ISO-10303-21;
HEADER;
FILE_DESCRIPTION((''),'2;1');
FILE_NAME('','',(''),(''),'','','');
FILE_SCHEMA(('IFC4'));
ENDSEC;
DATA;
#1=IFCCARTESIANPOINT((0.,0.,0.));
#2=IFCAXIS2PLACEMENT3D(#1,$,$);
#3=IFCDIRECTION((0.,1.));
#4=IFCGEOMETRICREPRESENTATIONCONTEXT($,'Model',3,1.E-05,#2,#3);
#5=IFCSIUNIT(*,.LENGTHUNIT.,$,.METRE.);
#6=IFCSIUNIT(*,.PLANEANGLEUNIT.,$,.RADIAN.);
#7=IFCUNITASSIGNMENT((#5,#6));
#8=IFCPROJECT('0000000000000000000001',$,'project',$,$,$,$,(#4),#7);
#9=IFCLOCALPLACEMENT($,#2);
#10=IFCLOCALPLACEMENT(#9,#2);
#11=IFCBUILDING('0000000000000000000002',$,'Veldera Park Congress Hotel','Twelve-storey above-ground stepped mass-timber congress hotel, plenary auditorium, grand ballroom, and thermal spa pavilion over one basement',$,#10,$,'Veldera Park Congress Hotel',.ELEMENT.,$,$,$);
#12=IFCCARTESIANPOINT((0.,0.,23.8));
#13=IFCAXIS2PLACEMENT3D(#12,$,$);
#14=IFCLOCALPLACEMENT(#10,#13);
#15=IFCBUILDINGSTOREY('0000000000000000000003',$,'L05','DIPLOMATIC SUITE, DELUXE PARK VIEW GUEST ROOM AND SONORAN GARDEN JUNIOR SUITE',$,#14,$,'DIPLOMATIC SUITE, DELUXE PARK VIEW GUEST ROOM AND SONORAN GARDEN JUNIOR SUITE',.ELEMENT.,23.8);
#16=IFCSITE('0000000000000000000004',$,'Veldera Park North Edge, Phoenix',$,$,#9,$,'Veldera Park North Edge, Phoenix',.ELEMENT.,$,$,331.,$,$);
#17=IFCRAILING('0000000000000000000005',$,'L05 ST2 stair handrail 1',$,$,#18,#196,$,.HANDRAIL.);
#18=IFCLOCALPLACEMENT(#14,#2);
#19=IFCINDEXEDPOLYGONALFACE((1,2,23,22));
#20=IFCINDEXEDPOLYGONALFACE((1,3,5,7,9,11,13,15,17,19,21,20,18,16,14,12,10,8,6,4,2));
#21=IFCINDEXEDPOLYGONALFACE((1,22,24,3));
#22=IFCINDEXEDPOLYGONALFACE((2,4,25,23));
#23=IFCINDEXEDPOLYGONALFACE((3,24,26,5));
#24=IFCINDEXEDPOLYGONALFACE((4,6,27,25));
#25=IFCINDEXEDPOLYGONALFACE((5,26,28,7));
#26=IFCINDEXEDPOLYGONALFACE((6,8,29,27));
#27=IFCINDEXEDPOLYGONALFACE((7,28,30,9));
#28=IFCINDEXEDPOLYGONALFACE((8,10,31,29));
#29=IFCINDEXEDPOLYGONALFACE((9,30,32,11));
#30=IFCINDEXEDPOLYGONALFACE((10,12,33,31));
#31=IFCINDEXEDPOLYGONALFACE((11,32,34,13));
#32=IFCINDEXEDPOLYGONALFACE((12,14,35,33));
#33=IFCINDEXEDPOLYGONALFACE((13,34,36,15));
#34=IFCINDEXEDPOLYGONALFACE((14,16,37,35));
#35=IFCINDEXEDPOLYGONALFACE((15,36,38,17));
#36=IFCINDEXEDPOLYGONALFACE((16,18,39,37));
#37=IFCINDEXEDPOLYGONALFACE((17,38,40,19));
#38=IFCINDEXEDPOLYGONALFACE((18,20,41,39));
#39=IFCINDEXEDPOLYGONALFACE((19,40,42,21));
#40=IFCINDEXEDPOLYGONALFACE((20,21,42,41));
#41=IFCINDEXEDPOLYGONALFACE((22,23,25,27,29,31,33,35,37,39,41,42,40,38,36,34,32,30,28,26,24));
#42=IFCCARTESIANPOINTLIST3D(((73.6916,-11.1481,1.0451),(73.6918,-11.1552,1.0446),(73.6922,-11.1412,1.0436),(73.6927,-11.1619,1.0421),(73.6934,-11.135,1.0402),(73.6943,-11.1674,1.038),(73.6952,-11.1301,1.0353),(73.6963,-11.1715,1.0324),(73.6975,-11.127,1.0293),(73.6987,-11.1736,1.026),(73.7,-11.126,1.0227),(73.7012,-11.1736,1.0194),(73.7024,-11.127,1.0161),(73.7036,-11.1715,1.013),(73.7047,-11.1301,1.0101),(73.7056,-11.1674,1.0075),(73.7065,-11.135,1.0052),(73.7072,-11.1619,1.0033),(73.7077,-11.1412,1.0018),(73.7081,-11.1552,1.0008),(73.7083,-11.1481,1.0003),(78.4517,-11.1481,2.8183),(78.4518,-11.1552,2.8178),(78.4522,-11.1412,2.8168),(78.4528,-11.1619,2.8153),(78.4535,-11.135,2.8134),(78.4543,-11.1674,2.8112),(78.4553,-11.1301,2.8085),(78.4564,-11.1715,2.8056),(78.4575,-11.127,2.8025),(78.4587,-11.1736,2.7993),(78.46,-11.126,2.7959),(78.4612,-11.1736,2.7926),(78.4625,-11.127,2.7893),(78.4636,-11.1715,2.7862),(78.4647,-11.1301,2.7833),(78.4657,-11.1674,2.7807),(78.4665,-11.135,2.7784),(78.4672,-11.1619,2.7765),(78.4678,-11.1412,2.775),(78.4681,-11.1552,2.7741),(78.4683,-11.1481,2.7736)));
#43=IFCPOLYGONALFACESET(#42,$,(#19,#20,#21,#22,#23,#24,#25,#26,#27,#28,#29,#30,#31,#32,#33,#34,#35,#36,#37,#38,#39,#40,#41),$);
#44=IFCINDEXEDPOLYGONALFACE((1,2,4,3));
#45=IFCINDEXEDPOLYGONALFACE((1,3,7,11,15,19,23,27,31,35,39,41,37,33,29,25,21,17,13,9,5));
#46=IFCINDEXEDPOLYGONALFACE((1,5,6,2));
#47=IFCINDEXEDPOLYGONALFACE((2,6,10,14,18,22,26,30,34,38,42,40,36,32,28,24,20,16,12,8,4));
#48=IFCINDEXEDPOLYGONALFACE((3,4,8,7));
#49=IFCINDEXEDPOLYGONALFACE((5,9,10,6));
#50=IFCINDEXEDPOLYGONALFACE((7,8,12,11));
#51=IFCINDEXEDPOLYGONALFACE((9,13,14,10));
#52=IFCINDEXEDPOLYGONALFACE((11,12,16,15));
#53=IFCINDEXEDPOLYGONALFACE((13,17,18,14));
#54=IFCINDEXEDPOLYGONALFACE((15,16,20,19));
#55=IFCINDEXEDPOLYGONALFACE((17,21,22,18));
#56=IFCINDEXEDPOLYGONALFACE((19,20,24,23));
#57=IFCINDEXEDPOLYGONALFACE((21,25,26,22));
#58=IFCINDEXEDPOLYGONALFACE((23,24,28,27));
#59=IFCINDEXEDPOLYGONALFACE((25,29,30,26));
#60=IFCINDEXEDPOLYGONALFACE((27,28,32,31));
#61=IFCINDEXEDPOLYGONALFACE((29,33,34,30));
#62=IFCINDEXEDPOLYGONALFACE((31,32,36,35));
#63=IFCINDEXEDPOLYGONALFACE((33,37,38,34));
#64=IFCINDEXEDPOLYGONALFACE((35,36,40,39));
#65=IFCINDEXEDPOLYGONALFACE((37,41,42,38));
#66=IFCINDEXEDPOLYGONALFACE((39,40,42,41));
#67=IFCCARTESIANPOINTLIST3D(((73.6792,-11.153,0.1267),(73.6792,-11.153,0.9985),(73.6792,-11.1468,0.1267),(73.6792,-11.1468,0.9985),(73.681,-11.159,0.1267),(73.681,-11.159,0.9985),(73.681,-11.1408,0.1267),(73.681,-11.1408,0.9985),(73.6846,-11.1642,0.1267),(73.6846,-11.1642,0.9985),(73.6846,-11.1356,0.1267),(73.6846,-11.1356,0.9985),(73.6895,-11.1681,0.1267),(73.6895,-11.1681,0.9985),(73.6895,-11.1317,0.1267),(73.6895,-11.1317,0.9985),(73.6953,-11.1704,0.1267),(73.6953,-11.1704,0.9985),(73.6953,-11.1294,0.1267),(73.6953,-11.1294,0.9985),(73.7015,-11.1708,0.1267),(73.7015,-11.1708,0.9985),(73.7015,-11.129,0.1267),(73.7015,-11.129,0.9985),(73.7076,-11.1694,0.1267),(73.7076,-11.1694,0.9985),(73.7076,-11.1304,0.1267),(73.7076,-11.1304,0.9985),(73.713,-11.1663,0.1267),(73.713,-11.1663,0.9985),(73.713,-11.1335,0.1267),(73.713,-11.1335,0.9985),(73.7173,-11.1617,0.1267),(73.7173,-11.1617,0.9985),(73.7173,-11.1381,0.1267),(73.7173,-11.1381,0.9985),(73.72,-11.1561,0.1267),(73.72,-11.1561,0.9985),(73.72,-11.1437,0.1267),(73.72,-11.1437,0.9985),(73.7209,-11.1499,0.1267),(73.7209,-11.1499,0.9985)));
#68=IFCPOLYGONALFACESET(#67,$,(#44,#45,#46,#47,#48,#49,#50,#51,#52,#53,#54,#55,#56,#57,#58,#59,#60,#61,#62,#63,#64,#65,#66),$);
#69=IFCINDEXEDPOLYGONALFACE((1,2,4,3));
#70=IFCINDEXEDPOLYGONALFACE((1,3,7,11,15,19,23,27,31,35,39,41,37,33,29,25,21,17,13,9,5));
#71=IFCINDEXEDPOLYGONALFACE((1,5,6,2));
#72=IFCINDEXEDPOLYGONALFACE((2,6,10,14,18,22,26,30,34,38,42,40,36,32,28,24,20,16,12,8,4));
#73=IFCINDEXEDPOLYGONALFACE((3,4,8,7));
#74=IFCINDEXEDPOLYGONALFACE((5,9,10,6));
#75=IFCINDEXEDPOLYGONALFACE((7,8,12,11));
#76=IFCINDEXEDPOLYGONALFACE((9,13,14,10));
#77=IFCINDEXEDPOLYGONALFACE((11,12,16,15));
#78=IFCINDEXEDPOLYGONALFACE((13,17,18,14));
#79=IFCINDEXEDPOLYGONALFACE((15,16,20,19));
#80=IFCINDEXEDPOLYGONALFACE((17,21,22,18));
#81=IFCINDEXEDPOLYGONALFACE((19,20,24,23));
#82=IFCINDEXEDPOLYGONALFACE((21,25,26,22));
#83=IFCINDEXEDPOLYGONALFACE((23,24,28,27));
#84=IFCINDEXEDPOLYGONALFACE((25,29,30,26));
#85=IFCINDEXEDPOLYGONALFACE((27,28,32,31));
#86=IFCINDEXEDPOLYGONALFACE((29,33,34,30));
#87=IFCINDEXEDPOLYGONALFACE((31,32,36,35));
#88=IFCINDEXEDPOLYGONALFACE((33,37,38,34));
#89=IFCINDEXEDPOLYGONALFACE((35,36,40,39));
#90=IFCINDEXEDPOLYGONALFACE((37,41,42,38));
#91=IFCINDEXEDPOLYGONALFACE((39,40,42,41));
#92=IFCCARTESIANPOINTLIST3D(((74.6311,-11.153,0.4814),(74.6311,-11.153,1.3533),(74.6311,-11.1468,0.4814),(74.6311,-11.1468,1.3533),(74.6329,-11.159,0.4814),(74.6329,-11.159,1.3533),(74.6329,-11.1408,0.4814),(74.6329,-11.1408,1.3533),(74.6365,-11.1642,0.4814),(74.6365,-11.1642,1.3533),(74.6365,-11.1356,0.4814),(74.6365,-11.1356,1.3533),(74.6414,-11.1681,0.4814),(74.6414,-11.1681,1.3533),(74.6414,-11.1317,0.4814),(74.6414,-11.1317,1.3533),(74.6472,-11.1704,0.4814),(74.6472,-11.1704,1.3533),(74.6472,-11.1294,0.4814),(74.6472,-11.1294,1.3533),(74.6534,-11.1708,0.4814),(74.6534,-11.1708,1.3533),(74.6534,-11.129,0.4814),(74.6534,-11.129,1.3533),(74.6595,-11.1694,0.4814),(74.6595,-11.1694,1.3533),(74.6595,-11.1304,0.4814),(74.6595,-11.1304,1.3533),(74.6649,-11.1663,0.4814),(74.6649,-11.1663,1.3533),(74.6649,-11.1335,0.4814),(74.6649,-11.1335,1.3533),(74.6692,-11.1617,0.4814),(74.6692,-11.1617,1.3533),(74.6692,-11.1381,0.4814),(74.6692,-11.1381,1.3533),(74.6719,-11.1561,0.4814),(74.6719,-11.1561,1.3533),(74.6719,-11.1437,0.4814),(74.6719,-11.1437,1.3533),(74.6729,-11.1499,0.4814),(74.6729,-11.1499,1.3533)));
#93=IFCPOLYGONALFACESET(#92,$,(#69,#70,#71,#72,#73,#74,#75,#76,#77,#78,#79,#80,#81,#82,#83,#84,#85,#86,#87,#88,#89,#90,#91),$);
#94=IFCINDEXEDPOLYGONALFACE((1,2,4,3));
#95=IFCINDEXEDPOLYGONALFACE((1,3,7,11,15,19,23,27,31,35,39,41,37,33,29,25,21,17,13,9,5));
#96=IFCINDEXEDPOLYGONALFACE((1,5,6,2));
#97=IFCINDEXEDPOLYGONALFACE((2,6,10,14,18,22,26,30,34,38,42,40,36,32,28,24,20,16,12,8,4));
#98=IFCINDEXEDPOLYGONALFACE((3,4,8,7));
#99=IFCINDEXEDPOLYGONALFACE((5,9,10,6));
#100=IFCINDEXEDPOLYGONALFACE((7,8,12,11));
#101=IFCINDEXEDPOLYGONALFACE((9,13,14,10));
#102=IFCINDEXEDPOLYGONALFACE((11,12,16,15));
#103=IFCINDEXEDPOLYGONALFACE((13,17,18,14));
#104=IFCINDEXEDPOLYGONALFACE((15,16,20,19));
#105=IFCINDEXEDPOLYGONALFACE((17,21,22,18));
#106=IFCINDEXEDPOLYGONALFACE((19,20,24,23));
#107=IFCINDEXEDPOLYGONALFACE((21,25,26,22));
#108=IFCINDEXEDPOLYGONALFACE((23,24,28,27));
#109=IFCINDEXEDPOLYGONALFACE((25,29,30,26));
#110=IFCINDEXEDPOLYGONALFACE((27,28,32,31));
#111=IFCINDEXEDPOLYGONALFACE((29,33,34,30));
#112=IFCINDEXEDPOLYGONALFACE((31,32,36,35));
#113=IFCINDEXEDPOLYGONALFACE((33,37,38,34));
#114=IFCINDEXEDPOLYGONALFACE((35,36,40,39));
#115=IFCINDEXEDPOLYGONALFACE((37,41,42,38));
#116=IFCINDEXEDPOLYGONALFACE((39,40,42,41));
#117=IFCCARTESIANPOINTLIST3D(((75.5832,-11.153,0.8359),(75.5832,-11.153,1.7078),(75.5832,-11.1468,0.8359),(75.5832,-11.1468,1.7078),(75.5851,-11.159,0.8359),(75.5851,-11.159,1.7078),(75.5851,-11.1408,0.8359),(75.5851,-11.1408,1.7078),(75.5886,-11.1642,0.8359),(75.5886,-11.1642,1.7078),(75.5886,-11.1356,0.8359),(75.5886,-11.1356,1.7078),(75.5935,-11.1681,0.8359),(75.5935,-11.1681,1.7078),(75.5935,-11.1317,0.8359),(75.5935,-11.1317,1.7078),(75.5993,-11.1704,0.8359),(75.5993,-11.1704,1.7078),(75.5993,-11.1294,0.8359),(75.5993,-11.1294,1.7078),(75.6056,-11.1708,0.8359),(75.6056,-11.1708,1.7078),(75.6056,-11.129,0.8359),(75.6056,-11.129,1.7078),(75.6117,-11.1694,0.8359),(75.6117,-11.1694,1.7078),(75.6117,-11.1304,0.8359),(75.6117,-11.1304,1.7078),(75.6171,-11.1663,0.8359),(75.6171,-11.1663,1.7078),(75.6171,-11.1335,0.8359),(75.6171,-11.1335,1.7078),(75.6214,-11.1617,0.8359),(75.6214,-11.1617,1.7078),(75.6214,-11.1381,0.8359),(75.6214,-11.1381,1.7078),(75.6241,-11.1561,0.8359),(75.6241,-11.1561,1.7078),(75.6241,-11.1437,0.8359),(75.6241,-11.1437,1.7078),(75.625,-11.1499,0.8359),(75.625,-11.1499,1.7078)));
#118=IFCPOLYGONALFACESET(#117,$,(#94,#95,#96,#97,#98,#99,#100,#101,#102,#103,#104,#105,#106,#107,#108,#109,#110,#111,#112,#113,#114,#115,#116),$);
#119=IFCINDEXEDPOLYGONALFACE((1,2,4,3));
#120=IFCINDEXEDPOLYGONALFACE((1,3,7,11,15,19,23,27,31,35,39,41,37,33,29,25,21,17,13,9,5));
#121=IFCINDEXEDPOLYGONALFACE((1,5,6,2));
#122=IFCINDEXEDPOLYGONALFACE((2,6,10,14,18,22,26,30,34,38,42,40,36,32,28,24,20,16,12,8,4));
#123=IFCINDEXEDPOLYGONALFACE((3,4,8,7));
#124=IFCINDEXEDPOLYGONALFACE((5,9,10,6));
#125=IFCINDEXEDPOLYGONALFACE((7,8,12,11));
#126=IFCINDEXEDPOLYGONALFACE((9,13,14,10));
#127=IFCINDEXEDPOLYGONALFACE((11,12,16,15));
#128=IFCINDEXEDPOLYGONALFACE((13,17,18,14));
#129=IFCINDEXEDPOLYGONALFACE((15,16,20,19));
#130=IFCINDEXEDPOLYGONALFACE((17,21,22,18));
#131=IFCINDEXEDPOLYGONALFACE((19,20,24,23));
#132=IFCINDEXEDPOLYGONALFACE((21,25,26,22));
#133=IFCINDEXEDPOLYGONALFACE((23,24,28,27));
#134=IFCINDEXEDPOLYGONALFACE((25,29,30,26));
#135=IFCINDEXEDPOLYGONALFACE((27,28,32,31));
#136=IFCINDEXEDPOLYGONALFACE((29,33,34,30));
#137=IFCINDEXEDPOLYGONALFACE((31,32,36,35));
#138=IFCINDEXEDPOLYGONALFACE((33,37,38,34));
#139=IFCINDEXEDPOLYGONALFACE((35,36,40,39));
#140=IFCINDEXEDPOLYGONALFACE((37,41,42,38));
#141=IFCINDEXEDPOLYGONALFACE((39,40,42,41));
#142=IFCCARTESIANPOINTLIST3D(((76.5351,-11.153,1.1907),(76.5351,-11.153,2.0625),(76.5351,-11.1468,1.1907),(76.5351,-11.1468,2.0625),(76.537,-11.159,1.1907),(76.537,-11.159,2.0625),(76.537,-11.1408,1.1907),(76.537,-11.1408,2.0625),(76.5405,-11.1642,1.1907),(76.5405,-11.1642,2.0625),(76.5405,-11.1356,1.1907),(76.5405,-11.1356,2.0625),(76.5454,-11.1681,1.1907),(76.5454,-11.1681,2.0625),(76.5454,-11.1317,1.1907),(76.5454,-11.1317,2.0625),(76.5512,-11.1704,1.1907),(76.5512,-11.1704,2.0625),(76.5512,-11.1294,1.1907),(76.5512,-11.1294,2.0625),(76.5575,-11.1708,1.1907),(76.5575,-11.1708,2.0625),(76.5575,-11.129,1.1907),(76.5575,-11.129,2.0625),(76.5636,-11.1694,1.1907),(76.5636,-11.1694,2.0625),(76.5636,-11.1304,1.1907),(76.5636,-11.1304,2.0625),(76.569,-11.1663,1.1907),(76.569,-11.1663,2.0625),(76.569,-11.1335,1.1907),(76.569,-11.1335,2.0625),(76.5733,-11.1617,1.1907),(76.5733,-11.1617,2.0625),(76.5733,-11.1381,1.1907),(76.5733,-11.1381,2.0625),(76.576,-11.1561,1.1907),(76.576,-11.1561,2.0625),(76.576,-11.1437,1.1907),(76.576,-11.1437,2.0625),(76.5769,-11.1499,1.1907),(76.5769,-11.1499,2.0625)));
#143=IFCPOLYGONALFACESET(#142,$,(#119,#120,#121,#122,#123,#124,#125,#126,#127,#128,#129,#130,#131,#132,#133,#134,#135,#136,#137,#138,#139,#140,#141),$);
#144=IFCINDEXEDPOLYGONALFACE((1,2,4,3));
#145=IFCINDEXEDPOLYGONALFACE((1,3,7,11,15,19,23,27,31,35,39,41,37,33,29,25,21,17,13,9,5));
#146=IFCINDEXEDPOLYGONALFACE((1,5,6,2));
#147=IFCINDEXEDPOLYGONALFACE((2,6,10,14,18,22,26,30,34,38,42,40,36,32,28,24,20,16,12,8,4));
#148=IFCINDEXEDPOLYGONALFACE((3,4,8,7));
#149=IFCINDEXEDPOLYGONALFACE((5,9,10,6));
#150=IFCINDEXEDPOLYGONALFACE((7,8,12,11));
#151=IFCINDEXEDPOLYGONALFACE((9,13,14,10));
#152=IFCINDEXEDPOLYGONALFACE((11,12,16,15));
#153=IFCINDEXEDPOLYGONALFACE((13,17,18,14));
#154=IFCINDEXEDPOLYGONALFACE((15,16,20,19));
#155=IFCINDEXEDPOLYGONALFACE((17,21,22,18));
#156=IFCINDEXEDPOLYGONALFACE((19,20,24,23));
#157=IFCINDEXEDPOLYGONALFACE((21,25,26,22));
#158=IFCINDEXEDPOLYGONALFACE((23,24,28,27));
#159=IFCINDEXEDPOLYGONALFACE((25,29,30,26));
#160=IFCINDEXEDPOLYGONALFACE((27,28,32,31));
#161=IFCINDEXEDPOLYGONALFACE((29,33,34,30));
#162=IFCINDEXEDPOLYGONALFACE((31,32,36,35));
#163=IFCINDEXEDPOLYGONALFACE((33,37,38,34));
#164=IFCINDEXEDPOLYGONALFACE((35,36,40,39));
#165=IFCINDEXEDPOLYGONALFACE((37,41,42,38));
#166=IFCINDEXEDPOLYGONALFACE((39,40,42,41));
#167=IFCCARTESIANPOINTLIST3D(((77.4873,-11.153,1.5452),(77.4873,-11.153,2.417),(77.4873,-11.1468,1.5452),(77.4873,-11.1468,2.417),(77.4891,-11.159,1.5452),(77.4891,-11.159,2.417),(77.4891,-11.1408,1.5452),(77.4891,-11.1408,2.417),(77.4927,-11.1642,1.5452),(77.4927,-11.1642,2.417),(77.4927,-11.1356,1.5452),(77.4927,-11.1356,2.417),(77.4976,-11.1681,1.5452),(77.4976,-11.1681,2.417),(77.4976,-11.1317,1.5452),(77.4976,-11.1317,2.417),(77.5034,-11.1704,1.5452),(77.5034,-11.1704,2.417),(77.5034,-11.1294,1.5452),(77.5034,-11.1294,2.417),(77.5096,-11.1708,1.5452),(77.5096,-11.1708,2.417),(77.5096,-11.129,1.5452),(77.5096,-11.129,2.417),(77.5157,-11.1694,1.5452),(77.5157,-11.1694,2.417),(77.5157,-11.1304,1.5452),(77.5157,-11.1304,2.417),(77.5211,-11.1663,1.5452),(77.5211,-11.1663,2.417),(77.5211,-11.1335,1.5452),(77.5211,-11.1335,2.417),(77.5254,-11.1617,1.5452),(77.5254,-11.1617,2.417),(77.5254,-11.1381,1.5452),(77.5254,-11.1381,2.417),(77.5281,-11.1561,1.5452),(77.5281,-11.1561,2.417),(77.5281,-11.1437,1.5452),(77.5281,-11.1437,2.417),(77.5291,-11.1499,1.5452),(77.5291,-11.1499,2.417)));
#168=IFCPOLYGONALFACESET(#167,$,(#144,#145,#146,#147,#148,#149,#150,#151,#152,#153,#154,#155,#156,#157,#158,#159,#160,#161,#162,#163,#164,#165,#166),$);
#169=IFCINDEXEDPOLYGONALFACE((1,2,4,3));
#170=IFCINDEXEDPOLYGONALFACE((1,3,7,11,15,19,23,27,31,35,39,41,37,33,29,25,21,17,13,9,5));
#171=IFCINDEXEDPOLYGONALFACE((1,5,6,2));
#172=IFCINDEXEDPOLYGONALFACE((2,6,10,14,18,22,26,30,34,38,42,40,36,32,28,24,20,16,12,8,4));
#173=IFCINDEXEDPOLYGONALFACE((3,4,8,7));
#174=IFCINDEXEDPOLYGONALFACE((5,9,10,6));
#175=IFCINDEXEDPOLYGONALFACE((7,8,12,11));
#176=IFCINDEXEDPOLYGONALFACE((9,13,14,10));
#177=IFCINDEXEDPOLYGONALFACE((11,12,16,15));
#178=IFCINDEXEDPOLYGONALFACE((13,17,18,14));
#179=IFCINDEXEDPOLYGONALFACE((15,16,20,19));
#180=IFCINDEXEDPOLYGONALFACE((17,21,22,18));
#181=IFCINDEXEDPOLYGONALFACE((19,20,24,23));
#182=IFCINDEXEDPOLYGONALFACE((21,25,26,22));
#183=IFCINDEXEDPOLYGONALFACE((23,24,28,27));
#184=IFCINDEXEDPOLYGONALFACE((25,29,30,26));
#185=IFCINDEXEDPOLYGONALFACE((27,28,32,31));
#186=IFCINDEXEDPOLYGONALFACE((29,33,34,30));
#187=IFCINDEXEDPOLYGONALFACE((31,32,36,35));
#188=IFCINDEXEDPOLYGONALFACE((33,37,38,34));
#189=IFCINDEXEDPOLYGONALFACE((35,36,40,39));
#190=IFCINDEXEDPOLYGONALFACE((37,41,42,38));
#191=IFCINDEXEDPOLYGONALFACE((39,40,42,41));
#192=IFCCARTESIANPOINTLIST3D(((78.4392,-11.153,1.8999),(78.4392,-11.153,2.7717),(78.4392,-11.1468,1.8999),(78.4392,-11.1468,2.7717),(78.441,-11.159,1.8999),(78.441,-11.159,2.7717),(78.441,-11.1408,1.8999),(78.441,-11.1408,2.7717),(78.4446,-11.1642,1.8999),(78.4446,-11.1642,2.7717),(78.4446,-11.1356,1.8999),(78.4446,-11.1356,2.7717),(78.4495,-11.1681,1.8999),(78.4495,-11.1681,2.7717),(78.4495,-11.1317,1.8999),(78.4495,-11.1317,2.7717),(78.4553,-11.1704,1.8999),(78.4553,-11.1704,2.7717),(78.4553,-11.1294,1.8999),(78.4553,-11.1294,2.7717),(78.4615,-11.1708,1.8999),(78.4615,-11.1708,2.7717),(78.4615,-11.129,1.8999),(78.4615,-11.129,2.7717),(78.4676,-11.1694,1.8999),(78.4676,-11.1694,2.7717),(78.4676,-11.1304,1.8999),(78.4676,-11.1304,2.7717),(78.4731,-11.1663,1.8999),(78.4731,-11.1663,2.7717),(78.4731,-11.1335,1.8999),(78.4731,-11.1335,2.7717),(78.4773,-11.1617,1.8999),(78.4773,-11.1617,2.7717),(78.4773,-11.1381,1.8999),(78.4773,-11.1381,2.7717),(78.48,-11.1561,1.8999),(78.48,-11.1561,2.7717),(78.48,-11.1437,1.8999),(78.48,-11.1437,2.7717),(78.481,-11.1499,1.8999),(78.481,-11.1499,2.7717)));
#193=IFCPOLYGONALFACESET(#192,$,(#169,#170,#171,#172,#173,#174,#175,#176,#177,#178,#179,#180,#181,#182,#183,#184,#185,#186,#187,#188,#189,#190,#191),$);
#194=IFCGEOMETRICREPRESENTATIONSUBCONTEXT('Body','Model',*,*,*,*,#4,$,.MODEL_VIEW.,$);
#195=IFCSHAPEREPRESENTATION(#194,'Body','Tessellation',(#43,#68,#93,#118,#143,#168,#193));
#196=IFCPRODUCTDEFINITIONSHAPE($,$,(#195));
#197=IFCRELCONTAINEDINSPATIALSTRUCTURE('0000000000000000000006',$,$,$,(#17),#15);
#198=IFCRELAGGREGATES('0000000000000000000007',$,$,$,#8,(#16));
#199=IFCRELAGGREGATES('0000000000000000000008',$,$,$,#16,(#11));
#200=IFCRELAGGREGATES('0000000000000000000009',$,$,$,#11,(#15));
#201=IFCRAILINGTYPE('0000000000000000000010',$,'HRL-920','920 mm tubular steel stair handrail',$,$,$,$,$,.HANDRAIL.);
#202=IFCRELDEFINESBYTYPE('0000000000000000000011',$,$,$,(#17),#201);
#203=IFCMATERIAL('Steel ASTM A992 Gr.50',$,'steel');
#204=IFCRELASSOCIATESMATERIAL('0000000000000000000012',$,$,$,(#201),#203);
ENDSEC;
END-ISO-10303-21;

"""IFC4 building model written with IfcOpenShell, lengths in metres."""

from ifc_helpers import new_model, si_unit, direction, frame, origin, origin_2d, place, context, subcontext, project, spatial, circle, extrude, material, type_object, element, save


model = new_model("IFC4")

# Units and contexts
model_context = context("Model", 3, precision=1e-05, world=origin(), true_north=direction((0.0, 1.0)))
body_context = subcontext(model_context, "Body", "Model", "MODEL_VIEW")
ifc_project = project(units=[si_unit("LENGTHUNIT", "METRE"), si_unit("PLANEANGLEUNIT", "RADIAN")], contexts=[model_context])

# Site, building, storey
site_placement = place(None, origin())
site = spatial("IfcSite", under=ifc_project, at=site_placement, Name="Veldera Park North Edge, Phoenix", LongName="Veldera Park North Edge, Phoenix", CompositionType="ELEMENT", RefElevation=331.0)
building_placement = place(site_placement, origin())
building = spatial("IfcBuilding", under=site, at=building_placement, Name="Veldera Park Congress Hotel", Description="Twelve-storey above-ground stepped mass-timber congress hotel, plenary auditorium, grand ballroom, and thermal spa pavilion over one basement", LongName="Veldera Park Congress Hotel", CompositionType="ELEMENT")
storey_placement = place(building_placement, frame((0.0, 0.0, 23.8)))
storey = spatial("IfcBuildingStorey", under=building, at=storey_placement, Name="L05", Description="DIPLOMATIC SUITE, DELUXE PARK VIEW GUEST ROOM AND SONORAN GARDEN JUNIOR SUITE", LongName="DIPLOMATIC SUITE, DELUXE PARK VIEW GUEST ROOM AND SONORAN GARDEN JUNIOR SUITE", CompositionType="ELEMENT", Elevation=23.8)

# Railing
ifc_material_1 = material(Name="Steel ASTM A992 Gr.50", Category="steel")
railing_type_1 = type_object("IfcRailingType", Name="HRL-920", Description="920 mm tubular steel stair handrail", PredefinedType="HANDRAIL", material=ifc_material_1)
railing_1_placement = place(storey_placement, frame((73.7, -11.1499, 0.1267)))
element("IfcRailing", 1, at=railing_1_placement, inside=storey, type_object=railing_type_1, Name="L05 ST2 stair handrail 1", PredefinedType="HANDRAIL", context=body_context, shape_type="SweptSolid", body=[
    extrude(circle(Radius=0.0239, at=origin_2d()), frame((0.0, 0.0, 0.896), z_axis=(0.937091, 0.0, 0.349084), x_axis=(0.0, 1.0, 0.0)), (0.0, 0.0, 1.0), 5.0796),
    extrude(circle(Radius=0.021, at=origin_2d()), origin(), (0.0, 0.0, 1.0), 0.8718),
    extrude(circle(Radius=0.021, at=origin_2d()), frame((0.9519, 0.0, 0.3547)), (0.0, 0.0, 1.0), 0.8718),
    extrude(circle(Radius=0.021, at=origin_2d()), frame((1.9041, 0.0, 0.7092)), (0.0, 0.0, 1.0), 0.8718),
    extrude(circle(Radius=0.021, at=origin_2d()), frame((2.856, 0.0, 1.064)), (0.0, 0.0, 1.0), 0.8718),
    extrude(circle(Radius=0.021, at=origin_2d()), frame((3.8081, 0.0, 1.4185)), (0.0, 0.0, 1.0), 0.8718),
    extrude(circle(Radius=0.021, at=origin_2d()), frame((4.76, 0.0, 1.7732)), (0.0, 0.0, 1.0), 0.8718),
])

save(model, "model.ifc")
